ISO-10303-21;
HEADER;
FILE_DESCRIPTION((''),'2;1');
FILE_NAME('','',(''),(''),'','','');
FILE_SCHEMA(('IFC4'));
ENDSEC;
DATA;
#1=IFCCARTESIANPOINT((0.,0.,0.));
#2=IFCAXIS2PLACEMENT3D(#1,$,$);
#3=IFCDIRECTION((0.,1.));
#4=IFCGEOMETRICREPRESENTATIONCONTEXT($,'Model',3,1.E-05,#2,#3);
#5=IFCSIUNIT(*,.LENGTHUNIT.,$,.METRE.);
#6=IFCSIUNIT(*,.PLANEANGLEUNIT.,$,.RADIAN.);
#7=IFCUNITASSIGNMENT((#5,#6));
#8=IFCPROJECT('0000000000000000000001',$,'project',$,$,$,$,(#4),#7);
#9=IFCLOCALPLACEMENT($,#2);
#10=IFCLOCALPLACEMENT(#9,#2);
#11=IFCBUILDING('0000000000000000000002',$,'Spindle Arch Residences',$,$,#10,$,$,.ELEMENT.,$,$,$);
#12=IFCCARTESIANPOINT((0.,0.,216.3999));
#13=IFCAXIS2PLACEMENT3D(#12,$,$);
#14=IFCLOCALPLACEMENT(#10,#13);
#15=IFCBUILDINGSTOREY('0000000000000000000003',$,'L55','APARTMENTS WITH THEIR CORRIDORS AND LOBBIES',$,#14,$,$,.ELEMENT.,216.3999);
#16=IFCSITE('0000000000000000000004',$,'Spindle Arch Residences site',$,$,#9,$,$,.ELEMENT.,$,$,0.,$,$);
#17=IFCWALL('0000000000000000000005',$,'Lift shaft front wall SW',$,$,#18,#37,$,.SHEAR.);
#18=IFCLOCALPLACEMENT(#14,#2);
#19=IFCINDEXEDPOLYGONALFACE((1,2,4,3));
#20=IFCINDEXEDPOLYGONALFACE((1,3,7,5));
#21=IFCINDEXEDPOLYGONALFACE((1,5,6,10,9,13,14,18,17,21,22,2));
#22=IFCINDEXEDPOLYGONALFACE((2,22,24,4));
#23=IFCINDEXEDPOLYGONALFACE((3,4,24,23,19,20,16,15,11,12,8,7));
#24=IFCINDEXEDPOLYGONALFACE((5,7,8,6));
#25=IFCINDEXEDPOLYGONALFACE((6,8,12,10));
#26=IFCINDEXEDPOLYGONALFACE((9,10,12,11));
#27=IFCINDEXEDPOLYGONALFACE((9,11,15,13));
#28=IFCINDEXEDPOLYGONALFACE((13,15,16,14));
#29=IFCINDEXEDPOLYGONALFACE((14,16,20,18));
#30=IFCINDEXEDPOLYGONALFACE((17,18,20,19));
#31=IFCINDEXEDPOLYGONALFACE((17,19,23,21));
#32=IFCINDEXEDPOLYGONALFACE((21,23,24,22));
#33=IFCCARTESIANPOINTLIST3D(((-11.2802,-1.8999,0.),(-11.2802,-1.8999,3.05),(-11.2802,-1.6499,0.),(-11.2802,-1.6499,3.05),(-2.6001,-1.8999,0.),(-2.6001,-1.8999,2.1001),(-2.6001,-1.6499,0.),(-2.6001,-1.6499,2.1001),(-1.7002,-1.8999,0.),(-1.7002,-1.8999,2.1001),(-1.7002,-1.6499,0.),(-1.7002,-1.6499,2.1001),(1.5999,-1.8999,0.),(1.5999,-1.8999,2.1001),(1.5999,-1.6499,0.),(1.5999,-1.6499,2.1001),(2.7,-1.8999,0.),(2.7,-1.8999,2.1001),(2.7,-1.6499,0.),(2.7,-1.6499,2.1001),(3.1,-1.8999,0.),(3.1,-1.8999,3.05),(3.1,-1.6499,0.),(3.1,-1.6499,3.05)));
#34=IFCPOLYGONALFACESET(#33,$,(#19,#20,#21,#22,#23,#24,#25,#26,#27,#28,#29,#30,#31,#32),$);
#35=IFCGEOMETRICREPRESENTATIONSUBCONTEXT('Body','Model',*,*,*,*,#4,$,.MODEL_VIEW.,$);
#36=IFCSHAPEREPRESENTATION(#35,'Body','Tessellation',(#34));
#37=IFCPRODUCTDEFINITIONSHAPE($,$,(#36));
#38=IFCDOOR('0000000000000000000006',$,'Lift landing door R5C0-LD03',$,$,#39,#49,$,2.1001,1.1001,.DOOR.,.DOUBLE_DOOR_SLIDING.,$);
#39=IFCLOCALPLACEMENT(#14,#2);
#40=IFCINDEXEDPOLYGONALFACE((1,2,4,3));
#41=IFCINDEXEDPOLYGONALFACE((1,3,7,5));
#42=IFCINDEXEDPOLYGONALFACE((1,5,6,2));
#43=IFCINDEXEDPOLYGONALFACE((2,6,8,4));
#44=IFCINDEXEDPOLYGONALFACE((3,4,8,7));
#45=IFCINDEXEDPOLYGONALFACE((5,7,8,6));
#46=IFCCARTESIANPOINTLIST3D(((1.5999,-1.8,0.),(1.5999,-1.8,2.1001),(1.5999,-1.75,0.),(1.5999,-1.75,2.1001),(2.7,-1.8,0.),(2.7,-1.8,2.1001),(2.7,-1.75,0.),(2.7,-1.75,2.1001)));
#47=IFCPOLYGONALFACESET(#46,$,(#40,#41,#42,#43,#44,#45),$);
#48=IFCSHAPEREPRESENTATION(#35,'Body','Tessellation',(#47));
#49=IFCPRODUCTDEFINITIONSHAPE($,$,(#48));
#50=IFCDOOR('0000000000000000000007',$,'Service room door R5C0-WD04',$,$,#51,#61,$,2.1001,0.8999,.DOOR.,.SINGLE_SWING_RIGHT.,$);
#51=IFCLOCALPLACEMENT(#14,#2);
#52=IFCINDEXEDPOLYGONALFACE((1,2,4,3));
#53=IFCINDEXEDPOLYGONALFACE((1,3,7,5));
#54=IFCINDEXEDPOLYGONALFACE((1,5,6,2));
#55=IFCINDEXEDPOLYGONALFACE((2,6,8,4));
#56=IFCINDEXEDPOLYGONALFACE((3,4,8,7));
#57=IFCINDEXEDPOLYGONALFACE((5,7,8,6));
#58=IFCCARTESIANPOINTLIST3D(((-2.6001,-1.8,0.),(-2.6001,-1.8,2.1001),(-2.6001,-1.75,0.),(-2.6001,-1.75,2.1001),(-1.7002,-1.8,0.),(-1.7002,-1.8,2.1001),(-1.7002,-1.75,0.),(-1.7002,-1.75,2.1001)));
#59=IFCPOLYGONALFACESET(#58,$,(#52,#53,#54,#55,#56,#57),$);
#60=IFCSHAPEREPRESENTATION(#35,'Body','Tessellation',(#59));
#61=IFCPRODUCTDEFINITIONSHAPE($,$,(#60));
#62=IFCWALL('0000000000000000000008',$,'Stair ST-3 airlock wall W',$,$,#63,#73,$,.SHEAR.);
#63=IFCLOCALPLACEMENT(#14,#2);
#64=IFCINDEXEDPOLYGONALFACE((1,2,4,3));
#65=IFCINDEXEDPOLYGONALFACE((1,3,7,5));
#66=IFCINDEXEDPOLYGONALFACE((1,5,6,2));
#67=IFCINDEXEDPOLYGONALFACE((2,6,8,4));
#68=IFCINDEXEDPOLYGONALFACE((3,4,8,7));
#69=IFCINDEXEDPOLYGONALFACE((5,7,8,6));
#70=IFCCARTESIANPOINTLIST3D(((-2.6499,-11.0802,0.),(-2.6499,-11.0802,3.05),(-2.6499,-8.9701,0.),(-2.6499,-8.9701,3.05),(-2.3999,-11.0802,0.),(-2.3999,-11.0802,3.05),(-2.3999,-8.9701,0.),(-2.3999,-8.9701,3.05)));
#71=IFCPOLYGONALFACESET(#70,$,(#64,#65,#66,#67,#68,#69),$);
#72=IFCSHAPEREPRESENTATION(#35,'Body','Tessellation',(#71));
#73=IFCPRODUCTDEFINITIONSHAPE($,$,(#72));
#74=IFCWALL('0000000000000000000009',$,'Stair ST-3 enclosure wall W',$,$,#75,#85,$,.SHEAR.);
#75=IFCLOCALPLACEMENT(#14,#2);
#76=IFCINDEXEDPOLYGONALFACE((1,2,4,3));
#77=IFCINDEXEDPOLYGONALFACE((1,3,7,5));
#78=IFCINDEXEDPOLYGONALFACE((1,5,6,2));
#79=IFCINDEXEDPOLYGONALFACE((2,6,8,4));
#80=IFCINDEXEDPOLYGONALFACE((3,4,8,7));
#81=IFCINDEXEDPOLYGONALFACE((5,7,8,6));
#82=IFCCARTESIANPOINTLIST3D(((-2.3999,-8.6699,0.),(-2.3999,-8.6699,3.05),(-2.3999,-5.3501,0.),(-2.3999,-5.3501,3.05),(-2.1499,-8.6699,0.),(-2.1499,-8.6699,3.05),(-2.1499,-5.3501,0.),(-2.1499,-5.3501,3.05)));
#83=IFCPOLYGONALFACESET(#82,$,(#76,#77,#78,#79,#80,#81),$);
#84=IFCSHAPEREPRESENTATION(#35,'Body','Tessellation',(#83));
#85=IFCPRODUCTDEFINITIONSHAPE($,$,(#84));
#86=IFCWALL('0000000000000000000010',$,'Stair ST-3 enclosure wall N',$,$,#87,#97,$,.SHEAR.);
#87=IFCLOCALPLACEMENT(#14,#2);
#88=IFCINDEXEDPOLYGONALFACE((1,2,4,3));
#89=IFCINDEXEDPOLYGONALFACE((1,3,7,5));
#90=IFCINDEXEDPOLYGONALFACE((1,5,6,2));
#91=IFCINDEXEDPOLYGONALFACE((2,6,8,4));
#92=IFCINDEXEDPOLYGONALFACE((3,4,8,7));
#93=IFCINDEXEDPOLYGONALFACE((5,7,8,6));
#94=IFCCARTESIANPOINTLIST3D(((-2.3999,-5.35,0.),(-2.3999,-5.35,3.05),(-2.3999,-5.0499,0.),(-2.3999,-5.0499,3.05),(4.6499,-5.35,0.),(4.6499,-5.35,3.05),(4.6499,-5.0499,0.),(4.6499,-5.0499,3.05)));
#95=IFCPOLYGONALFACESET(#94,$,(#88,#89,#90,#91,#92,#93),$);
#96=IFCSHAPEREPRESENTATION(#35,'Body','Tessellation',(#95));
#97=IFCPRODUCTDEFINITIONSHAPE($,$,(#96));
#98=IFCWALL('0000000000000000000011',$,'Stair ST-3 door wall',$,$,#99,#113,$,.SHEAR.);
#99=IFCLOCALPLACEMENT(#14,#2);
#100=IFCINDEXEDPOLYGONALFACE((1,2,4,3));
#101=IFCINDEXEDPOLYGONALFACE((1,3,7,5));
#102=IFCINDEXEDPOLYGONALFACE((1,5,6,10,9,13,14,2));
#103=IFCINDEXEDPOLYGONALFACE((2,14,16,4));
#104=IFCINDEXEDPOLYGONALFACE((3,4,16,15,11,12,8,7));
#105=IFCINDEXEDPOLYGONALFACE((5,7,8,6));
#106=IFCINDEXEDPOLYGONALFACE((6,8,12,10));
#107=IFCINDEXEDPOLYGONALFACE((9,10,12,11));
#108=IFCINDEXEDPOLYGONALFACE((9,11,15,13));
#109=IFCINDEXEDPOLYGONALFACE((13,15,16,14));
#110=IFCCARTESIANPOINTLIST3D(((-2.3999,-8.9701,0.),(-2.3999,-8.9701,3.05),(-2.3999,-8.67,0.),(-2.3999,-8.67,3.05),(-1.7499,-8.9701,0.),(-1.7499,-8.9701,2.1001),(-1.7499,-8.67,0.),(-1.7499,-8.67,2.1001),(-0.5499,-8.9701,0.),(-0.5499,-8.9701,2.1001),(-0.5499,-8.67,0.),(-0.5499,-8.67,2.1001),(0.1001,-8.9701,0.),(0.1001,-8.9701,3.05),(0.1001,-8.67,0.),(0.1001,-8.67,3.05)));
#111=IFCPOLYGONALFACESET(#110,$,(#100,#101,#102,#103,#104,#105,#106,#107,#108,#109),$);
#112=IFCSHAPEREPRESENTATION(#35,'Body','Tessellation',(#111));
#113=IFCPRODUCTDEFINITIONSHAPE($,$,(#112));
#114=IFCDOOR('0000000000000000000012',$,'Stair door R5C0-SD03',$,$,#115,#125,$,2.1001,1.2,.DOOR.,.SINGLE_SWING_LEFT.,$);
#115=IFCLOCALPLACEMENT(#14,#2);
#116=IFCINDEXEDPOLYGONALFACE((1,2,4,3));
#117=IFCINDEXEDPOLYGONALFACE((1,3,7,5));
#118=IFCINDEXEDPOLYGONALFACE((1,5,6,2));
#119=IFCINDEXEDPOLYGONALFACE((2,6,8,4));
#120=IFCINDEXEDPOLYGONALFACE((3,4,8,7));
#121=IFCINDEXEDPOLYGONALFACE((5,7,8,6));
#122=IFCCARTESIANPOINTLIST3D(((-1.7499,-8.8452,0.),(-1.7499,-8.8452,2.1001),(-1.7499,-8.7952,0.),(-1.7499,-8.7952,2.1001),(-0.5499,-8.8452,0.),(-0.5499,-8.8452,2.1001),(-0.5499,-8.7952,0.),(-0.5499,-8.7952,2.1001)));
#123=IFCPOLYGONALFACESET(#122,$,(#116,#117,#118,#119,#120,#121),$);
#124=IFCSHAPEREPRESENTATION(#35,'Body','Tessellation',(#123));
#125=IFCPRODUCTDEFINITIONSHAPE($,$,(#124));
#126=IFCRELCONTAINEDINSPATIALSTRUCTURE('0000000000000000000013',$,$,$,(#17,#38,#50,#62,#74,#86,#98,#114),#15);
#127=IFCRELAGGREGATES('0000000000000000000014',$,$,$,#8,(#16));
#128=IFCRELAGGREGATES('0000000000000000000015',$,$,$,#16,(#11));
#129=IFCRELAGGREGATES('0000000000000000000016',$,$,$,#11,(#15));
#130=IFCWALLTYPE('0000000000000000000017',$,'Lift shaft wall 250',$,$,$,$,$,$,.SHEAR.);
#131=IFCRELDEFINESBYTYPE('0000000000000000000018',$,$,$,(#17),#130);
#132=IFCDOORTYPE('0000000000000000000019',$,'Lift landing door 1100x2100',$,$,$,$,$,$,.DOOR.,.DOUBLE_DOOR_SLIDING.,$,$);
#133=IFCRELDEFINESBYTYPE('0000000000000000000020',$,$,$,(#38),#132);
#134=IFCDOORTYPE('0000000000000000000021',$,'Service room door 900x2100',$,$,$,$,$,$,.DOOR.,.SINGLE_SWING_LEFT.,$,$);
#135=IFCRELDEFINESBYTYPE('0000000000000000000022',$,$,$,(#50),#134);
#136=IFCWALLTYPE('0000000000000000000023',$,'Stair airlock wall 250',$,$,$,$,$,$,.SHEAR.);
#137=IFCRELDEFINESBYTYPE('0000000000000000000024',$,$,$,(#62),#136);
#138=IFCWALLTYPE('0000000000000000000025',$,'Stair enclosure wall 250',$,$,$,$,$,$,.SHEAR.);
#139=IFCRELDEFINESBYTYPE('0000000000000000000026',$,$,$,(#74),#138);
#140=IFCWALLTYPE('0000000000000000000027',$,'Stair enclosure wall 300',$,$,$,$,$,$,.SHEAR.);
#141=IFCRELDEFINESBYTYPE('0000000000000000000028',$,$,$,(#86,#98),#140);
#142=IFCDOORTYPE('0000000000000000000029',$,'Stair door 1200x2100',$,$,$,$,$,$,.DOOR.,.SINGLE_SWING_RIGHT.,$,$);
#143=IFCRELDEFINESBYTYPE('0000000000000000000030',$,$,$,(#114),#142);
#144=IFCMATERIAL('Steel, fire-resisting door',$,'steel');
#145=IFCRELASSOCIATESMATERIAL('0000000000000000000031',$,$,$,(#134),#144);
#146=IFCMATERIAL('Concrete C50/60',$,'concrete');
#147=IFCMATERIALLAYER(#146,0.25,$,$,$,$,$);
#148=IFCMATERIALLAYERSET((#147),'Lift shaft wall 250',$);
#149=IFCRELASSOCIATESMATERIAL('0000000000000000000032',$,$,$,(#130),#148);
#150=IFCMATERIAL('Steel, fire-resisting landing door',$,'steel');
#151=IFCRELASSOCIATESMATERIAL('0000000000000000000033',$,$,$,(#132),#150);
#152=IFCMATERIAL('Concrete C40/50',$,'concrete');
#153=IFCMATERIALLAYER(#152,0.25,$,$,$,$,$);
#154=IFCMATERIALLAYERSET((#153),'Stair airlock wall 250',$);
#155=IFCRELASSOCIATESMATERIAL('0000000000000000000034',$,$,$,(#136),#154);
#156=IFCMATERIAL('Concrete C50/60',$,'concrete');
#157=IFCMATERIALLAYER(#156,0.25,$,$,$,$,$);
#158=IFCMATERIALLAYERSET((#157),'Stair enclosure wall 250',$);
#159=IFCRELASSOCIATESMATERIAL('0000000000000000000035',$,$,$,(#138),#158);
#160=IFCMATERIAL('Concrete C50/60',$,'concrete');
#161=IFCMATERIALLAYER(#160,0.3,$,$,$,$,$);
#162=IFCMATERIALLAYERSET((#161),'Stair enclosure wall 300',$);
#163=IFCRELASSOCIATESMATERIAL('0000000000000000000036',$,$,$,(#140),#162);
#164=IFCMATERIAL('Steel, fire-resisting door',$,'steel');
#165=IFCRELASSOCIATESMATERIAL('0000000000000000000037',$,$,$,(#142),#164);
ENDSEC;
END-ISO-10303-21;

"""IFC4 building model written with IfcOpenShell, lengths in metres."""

from ifc_helpers import new_model, si_unit, direction, frame, frame_2d, origin, place, context, subcontext, project, spatial, rectangle, extrude, material, layer, layer_set, type_object, element, fill, save


model = new_model("IFC4")

# Units and contexts
model_context = context("Model", 3, precision=1e-05, world=origin(), true_north=direction((0.0, 1.0)))
body_context = subcontext(model_context, "Body", "Model", "MODEL_VIEW")
ifc_project = project(units=[si_unit("LENGTHUNIT", "METRE"), si_unit("PLANEANGLEUNIT", "RADIAN")], contexts=[model_context])

# Site, building, storey
site_placement = place(None, origin())
site = spatial("IfcSite", under=ifc_project, at=site_placement, Name="Spindle Arch Residences site", CompositionType="ELEMENT", RefElevation=0.0)
building_placement = place(site_placement, origin())
building = spatial("IfcBuilding", under=site, at=building_placement, Name="Spindle Arch Residences", CompositionType="ELEMENT")
storey_placement = place(building_placement, frame((0.0, 0.0, 216.3999)))
storey = spatial("IfcBuildingStorey", under=building, at=storey_placement, Name="L55", Description="APARTMENTS WITH THEIR CORRIDORS AND LOBBIES", CompositionType="ELEMENT", Elevation=216.3999)

# Shared definitions
ifc_material_1 = material(Name="Steel, fire-resisting door", Category="steel")
door_type_1 = type_object("IfcDoorType", Name="Service room door 900x2100", OperationType="SINGLE_SWING_LEFT", PredefinedType="DOOR", material=ifc_material_1)

# Wall, openings, doors
ifc_material_2 = material(Name="Concrete C50/60", Category="concrete")
ifc_layer_1 = layer(ifc_material_2, 0.25)
ifc_layer_set_1 = layer_set([ifc_layer_1], Name="Lift shaft wall 250")
wall_type_1 = type_object("IfcWallType", Name="Lift shaft wall 250", PredefinedType="SHEAR", material=ifc_layer_set_1)
wall_1_placement = place(storey_placement, frame((-11.28, -1.7749, 0.0), z_axis=(0.0, 0.0, 1.0), x_axis=(1.0, 0.0, 0.0)))
wall_1 = element("IfcWall", 1, at=wall_1_placement, inside=storey, type_object=wall_type_1, Name="Lift shaft front wall SW", PredefinedType="SHEAR", context=body_context, shape_type="SweptSolid", body=[
    extrude(rectangle(XDim=14.3801, YDim=0.25, at=frame_2d((7.1899, 0.0))), origin(), (0.0, 0.0, 1.0), 3.05),
])
opening_1_placement = place(wall_1_placement, frame((12.8799, 0.0, 0.0)))
opening_1 = element("IfcOpeningElement", 2, at=opening_1_placement, cuts=wall_1, PredefinedType="OPENING", context=body_context, shape_type="SweptSolid", body=[
    extrude(rectangle(XDim=1.1001, YDim=2.1001, at=frame_2d((0.55, 1.05))), frame((0.0, 0.135, 0.0), z_axis=(0.0, -1.0, 0.0), x_axis=(1.0, 0.0, 0.0)), (0.0, 0.0, 1.0), 0.27),
])
opening_2_placement = place(wall_1_placement, frame((8.6799, 0.0, 0.0)))
opening_2 = element("IfcOpeningElement", 3, at=opening_2_placement, cuts=wall_1, PredefinedType="OPENING", context=body_context, shape_type="SweptSolid", body=[
    extrude(rectangle(XDim=0.8999, YDim=2.1001, at=frame_2d((0.45, 1.05))), frame((0.0, 0.135, 0.0), z_axis=(0.0, -1.0, 0.0), x_axis=(1.0, 0.0, 0.0)), (0.0, 0.0, 1.0), 0.27),
])
ifc_material_3 = material(Name="Steel, fire-resisting landing door", Category="steel")
door_type_2 = type_object("IfcDoorType", Name="Lift landing door 1100x2100", OperationType="DOUBLE_DOOR_SLIDING", PredefinedType="DOOR", material=ifc_material_3)
door_1_placement = place(opening_1_placement, origin())
door_1 = element("IfcDoor", 4, at=door_1_placement, inside=storey, type_object=door_type_2, Name="Lift landing door R5C0-LD03", OperationType="DOUBLE_DOOR_SLIDING", OverallHeight=2.1001, OverallWidth=1.1001, PredefinedType="DOOR", context=body_context, shape_type="SweptSolid", body=[
    extrude(rectangle(XDim=1.1001, YDim=2.1001, at=frame_2d((0.55, 1.05))), frame((0.0, 0.0249, 0.0), z_axis=(0.0, -1.0, 0.0), x_axis=(1.0, 0.0, 0.0)), (0.0, 0.0, 1.0), 0.05),
])
fill(opening_1, door_1)
door_2_placement = place(opening_2_placement, origin())
door_2 = element("IfcDoor", 5, at=door_2_placement, inside=storey, type_object=door_type_1, Name="Service room door R5C0-WD04", OperationType="SINGLE_SWING_RIGHT", OverallHeight=2.1001, OverallWidth=0.8999, PredefinedType="DOOR", context=body_context, shape_type="SweptSolid", body=[
    extrude(rectangle(XDim=0.8999, YDim=2.1001, at=frame_2d((0.45, 1.05))), frame((0.0, 0.0249, 0.0), z_axis=(0.0, -1.0, 0.0), x_axis=(1.0, 0.0, 0.0)), (0.0, 0.0, 1.0), 0.05),
])
fill(opening_2, door_2)

# Walls
ifc_material_4 = material(Name="Concrete C40/50", Category="concrete")
ifc_layer_2 = layer(ifc_material_4, 0.25)
ifc_layer_set_2 = layer_set([ifc_layer_2], Name="Stair airlock wall 250")
wall_type_2 = type_object("IfcWallType", Name="Stair airlock wall 250", PredefinedType="SHEAR", material=ifc_layer_set_2)
wall_2_placement = place(storey_placement, frame((-2.5249, -8.97, 0.0), z_axis=(0.0, 0.0, 1.0), x_axis=(0.0, -1.0, 0.0)))
element("IfcWall", 6, at=wall_2_placement, inside=storey, type_object=wall_type_2, Name="Stair ST-3 airlock wall W", PredefinedType="SHEAR", context=body_context, shape_type="SweptSolid", body=[
    extrude(rectangle(XDim=2.1101, YDim=0.25, at=frame_2d((1.0552, 0.0))), origin(), (0.0, 0.0, 1.0), 3.05),
])
ifc_material_5 = material(Name="Concrete C50/60", Category="concrete")
ifc_layer_3 = layer(ifc_material_5, 0.25)
ifc_layer_set_3 = layer_set([ifc_layer_3], Name="Stair enclosure wall 250")
wall_type_3 = type_object("IfcWallType", Name="Stair enclosure wall 250", PredefinedType="SHEAR", material=ifc_layer_set_3)
wall_3_placement = place(storey_placement, frame((-2.2749, -8.6699, 0.0), z_axis=(0.0, 0.0, 1.0), x_axis=(0.0, 1.0, 0.0)))
element("IfcWall", 7, at=wall_3_placement, inside=storey, type_object=wall_type_3, Name="Stair ST-3 enclosure wall W", PredefinedType="SHEAR", context=body_context, shape_type="SweptSolid", body=[
    extrude(rectangle(XDim=3.3198, YDim=0.25, at=frame_2d((1.6599, 0.0))), origin(), (0.0, 0.0, 1.0), 3.05),
])
ifc_material_6 = material(Name="Concrete C50/60", Category="concrete")
ifc_layer_4 = layer(ifc_material_6, 0.3)
ifc_layer_set_4 = layer_set([ifc_layer_4], Name="Stair enclosure wall 300")
wall_type_4 = type_object("IfcWallType", Name="Stair enclosure wall 300", PredefinedType="SHEAR", material=ifc_layer_set_4)
wall_4_placement = place(storey_placement, frame((-2.3999, -5.2, 0.0), z_axis=(0.0, 0.0, 1.0), x_axis=(1.0, 0.0, 0.0)))
element("IfcWall", 8, at=wall_4_placement, inside=storey, type_object=wall_type_4, Name="Stair ST-3 enclosure wall N", PredefinedType="SHEAR", context=body_context, shape_type="SweptSolid", body=[
    extrude(rectangle(XDim=7.0498, YDim=0.3, at=frame_2d((3.5249, 0.0))), origin(), (0.0, 0.0, 1.0), 3.05),
])

# Wall, opening, door
wall_5_placement = place(storey_placement, frame((-2.3999, -8.8201, 0.0), z_axis=(0.0, 0.0, 1.0), x_axis=(1.0, 0.0, 0.0)))
wall_5 = element("IfcWall", 9, at=wall_5_placement, inside=storey, type_object=wall_type_4, Name="Stair ST-3 door wall", PredefinedType="SHEAR", context=body_context, shape_type="SweptSolid", body=[
    extrude(rectangle(XDim=2.5, YDim=0.3, at=frame_2d((1.25, 0.0))), origin(), (0.0, 0.0, 1.0), 3.05),
])
opening_3_placement = place(wall_5_placement, frame((0.6499, 0.0, 0.0)))
opening_3 = element("IfcOpeningElement", 10, at=opening_3_placement, cuts=wall_5, PredefinedType="OPENING", context=body_context, shape_type="SweptSolid", body=[
    extrude(rectangle(XDim=1.2, YDim=2.1001, at=frame_2d((0.6001, 1.05))), frame((0.0, 0.1602, 0.0), z_axis=(0.0, -1.0, 0.0), x_axis=(1.0, 0.0, 0.0)), (0.0, 0.0, 1.0), 0.3201),
])
ifc_material_7 = material(Name="Steel, fire-resisting door", Category="steel")
door_type_3 = type_object("IfcDoorType", Name="Stair door 1200x2100", OperationType="SINGLE_SWING_RIGHT", PredefinedType="DOOR", material=ifc_material_7)
door_3_placement = place(opening_3_placement, origin())
door_3 = element("IfcDoor", 11, at=door_3_placement, inside=storey, type_object=door_type_3, Name="Stair door R5C0-SD03", OperationType="SINGLE_SWING_LEFT", OverallHeight=2.1001, OverallWidth=1.2, PredefinedType="DOOR", context=body_context, shape_type="SweptSolid", body=[
    extrude(rectangle(XDim=1.2, YDim=2.1001, at=frame_2d((0.6001, 1.05))), frame((0.0, 0.0249, 0.0), z_axis=(0.0, -1.0, 0.0), x_axis=(1.0, 0.0, 0.0)), (0.0, 0.0, 1.0), 0.05),
])
fill(opening_3, door_3)

save(model, "model.ifc")
